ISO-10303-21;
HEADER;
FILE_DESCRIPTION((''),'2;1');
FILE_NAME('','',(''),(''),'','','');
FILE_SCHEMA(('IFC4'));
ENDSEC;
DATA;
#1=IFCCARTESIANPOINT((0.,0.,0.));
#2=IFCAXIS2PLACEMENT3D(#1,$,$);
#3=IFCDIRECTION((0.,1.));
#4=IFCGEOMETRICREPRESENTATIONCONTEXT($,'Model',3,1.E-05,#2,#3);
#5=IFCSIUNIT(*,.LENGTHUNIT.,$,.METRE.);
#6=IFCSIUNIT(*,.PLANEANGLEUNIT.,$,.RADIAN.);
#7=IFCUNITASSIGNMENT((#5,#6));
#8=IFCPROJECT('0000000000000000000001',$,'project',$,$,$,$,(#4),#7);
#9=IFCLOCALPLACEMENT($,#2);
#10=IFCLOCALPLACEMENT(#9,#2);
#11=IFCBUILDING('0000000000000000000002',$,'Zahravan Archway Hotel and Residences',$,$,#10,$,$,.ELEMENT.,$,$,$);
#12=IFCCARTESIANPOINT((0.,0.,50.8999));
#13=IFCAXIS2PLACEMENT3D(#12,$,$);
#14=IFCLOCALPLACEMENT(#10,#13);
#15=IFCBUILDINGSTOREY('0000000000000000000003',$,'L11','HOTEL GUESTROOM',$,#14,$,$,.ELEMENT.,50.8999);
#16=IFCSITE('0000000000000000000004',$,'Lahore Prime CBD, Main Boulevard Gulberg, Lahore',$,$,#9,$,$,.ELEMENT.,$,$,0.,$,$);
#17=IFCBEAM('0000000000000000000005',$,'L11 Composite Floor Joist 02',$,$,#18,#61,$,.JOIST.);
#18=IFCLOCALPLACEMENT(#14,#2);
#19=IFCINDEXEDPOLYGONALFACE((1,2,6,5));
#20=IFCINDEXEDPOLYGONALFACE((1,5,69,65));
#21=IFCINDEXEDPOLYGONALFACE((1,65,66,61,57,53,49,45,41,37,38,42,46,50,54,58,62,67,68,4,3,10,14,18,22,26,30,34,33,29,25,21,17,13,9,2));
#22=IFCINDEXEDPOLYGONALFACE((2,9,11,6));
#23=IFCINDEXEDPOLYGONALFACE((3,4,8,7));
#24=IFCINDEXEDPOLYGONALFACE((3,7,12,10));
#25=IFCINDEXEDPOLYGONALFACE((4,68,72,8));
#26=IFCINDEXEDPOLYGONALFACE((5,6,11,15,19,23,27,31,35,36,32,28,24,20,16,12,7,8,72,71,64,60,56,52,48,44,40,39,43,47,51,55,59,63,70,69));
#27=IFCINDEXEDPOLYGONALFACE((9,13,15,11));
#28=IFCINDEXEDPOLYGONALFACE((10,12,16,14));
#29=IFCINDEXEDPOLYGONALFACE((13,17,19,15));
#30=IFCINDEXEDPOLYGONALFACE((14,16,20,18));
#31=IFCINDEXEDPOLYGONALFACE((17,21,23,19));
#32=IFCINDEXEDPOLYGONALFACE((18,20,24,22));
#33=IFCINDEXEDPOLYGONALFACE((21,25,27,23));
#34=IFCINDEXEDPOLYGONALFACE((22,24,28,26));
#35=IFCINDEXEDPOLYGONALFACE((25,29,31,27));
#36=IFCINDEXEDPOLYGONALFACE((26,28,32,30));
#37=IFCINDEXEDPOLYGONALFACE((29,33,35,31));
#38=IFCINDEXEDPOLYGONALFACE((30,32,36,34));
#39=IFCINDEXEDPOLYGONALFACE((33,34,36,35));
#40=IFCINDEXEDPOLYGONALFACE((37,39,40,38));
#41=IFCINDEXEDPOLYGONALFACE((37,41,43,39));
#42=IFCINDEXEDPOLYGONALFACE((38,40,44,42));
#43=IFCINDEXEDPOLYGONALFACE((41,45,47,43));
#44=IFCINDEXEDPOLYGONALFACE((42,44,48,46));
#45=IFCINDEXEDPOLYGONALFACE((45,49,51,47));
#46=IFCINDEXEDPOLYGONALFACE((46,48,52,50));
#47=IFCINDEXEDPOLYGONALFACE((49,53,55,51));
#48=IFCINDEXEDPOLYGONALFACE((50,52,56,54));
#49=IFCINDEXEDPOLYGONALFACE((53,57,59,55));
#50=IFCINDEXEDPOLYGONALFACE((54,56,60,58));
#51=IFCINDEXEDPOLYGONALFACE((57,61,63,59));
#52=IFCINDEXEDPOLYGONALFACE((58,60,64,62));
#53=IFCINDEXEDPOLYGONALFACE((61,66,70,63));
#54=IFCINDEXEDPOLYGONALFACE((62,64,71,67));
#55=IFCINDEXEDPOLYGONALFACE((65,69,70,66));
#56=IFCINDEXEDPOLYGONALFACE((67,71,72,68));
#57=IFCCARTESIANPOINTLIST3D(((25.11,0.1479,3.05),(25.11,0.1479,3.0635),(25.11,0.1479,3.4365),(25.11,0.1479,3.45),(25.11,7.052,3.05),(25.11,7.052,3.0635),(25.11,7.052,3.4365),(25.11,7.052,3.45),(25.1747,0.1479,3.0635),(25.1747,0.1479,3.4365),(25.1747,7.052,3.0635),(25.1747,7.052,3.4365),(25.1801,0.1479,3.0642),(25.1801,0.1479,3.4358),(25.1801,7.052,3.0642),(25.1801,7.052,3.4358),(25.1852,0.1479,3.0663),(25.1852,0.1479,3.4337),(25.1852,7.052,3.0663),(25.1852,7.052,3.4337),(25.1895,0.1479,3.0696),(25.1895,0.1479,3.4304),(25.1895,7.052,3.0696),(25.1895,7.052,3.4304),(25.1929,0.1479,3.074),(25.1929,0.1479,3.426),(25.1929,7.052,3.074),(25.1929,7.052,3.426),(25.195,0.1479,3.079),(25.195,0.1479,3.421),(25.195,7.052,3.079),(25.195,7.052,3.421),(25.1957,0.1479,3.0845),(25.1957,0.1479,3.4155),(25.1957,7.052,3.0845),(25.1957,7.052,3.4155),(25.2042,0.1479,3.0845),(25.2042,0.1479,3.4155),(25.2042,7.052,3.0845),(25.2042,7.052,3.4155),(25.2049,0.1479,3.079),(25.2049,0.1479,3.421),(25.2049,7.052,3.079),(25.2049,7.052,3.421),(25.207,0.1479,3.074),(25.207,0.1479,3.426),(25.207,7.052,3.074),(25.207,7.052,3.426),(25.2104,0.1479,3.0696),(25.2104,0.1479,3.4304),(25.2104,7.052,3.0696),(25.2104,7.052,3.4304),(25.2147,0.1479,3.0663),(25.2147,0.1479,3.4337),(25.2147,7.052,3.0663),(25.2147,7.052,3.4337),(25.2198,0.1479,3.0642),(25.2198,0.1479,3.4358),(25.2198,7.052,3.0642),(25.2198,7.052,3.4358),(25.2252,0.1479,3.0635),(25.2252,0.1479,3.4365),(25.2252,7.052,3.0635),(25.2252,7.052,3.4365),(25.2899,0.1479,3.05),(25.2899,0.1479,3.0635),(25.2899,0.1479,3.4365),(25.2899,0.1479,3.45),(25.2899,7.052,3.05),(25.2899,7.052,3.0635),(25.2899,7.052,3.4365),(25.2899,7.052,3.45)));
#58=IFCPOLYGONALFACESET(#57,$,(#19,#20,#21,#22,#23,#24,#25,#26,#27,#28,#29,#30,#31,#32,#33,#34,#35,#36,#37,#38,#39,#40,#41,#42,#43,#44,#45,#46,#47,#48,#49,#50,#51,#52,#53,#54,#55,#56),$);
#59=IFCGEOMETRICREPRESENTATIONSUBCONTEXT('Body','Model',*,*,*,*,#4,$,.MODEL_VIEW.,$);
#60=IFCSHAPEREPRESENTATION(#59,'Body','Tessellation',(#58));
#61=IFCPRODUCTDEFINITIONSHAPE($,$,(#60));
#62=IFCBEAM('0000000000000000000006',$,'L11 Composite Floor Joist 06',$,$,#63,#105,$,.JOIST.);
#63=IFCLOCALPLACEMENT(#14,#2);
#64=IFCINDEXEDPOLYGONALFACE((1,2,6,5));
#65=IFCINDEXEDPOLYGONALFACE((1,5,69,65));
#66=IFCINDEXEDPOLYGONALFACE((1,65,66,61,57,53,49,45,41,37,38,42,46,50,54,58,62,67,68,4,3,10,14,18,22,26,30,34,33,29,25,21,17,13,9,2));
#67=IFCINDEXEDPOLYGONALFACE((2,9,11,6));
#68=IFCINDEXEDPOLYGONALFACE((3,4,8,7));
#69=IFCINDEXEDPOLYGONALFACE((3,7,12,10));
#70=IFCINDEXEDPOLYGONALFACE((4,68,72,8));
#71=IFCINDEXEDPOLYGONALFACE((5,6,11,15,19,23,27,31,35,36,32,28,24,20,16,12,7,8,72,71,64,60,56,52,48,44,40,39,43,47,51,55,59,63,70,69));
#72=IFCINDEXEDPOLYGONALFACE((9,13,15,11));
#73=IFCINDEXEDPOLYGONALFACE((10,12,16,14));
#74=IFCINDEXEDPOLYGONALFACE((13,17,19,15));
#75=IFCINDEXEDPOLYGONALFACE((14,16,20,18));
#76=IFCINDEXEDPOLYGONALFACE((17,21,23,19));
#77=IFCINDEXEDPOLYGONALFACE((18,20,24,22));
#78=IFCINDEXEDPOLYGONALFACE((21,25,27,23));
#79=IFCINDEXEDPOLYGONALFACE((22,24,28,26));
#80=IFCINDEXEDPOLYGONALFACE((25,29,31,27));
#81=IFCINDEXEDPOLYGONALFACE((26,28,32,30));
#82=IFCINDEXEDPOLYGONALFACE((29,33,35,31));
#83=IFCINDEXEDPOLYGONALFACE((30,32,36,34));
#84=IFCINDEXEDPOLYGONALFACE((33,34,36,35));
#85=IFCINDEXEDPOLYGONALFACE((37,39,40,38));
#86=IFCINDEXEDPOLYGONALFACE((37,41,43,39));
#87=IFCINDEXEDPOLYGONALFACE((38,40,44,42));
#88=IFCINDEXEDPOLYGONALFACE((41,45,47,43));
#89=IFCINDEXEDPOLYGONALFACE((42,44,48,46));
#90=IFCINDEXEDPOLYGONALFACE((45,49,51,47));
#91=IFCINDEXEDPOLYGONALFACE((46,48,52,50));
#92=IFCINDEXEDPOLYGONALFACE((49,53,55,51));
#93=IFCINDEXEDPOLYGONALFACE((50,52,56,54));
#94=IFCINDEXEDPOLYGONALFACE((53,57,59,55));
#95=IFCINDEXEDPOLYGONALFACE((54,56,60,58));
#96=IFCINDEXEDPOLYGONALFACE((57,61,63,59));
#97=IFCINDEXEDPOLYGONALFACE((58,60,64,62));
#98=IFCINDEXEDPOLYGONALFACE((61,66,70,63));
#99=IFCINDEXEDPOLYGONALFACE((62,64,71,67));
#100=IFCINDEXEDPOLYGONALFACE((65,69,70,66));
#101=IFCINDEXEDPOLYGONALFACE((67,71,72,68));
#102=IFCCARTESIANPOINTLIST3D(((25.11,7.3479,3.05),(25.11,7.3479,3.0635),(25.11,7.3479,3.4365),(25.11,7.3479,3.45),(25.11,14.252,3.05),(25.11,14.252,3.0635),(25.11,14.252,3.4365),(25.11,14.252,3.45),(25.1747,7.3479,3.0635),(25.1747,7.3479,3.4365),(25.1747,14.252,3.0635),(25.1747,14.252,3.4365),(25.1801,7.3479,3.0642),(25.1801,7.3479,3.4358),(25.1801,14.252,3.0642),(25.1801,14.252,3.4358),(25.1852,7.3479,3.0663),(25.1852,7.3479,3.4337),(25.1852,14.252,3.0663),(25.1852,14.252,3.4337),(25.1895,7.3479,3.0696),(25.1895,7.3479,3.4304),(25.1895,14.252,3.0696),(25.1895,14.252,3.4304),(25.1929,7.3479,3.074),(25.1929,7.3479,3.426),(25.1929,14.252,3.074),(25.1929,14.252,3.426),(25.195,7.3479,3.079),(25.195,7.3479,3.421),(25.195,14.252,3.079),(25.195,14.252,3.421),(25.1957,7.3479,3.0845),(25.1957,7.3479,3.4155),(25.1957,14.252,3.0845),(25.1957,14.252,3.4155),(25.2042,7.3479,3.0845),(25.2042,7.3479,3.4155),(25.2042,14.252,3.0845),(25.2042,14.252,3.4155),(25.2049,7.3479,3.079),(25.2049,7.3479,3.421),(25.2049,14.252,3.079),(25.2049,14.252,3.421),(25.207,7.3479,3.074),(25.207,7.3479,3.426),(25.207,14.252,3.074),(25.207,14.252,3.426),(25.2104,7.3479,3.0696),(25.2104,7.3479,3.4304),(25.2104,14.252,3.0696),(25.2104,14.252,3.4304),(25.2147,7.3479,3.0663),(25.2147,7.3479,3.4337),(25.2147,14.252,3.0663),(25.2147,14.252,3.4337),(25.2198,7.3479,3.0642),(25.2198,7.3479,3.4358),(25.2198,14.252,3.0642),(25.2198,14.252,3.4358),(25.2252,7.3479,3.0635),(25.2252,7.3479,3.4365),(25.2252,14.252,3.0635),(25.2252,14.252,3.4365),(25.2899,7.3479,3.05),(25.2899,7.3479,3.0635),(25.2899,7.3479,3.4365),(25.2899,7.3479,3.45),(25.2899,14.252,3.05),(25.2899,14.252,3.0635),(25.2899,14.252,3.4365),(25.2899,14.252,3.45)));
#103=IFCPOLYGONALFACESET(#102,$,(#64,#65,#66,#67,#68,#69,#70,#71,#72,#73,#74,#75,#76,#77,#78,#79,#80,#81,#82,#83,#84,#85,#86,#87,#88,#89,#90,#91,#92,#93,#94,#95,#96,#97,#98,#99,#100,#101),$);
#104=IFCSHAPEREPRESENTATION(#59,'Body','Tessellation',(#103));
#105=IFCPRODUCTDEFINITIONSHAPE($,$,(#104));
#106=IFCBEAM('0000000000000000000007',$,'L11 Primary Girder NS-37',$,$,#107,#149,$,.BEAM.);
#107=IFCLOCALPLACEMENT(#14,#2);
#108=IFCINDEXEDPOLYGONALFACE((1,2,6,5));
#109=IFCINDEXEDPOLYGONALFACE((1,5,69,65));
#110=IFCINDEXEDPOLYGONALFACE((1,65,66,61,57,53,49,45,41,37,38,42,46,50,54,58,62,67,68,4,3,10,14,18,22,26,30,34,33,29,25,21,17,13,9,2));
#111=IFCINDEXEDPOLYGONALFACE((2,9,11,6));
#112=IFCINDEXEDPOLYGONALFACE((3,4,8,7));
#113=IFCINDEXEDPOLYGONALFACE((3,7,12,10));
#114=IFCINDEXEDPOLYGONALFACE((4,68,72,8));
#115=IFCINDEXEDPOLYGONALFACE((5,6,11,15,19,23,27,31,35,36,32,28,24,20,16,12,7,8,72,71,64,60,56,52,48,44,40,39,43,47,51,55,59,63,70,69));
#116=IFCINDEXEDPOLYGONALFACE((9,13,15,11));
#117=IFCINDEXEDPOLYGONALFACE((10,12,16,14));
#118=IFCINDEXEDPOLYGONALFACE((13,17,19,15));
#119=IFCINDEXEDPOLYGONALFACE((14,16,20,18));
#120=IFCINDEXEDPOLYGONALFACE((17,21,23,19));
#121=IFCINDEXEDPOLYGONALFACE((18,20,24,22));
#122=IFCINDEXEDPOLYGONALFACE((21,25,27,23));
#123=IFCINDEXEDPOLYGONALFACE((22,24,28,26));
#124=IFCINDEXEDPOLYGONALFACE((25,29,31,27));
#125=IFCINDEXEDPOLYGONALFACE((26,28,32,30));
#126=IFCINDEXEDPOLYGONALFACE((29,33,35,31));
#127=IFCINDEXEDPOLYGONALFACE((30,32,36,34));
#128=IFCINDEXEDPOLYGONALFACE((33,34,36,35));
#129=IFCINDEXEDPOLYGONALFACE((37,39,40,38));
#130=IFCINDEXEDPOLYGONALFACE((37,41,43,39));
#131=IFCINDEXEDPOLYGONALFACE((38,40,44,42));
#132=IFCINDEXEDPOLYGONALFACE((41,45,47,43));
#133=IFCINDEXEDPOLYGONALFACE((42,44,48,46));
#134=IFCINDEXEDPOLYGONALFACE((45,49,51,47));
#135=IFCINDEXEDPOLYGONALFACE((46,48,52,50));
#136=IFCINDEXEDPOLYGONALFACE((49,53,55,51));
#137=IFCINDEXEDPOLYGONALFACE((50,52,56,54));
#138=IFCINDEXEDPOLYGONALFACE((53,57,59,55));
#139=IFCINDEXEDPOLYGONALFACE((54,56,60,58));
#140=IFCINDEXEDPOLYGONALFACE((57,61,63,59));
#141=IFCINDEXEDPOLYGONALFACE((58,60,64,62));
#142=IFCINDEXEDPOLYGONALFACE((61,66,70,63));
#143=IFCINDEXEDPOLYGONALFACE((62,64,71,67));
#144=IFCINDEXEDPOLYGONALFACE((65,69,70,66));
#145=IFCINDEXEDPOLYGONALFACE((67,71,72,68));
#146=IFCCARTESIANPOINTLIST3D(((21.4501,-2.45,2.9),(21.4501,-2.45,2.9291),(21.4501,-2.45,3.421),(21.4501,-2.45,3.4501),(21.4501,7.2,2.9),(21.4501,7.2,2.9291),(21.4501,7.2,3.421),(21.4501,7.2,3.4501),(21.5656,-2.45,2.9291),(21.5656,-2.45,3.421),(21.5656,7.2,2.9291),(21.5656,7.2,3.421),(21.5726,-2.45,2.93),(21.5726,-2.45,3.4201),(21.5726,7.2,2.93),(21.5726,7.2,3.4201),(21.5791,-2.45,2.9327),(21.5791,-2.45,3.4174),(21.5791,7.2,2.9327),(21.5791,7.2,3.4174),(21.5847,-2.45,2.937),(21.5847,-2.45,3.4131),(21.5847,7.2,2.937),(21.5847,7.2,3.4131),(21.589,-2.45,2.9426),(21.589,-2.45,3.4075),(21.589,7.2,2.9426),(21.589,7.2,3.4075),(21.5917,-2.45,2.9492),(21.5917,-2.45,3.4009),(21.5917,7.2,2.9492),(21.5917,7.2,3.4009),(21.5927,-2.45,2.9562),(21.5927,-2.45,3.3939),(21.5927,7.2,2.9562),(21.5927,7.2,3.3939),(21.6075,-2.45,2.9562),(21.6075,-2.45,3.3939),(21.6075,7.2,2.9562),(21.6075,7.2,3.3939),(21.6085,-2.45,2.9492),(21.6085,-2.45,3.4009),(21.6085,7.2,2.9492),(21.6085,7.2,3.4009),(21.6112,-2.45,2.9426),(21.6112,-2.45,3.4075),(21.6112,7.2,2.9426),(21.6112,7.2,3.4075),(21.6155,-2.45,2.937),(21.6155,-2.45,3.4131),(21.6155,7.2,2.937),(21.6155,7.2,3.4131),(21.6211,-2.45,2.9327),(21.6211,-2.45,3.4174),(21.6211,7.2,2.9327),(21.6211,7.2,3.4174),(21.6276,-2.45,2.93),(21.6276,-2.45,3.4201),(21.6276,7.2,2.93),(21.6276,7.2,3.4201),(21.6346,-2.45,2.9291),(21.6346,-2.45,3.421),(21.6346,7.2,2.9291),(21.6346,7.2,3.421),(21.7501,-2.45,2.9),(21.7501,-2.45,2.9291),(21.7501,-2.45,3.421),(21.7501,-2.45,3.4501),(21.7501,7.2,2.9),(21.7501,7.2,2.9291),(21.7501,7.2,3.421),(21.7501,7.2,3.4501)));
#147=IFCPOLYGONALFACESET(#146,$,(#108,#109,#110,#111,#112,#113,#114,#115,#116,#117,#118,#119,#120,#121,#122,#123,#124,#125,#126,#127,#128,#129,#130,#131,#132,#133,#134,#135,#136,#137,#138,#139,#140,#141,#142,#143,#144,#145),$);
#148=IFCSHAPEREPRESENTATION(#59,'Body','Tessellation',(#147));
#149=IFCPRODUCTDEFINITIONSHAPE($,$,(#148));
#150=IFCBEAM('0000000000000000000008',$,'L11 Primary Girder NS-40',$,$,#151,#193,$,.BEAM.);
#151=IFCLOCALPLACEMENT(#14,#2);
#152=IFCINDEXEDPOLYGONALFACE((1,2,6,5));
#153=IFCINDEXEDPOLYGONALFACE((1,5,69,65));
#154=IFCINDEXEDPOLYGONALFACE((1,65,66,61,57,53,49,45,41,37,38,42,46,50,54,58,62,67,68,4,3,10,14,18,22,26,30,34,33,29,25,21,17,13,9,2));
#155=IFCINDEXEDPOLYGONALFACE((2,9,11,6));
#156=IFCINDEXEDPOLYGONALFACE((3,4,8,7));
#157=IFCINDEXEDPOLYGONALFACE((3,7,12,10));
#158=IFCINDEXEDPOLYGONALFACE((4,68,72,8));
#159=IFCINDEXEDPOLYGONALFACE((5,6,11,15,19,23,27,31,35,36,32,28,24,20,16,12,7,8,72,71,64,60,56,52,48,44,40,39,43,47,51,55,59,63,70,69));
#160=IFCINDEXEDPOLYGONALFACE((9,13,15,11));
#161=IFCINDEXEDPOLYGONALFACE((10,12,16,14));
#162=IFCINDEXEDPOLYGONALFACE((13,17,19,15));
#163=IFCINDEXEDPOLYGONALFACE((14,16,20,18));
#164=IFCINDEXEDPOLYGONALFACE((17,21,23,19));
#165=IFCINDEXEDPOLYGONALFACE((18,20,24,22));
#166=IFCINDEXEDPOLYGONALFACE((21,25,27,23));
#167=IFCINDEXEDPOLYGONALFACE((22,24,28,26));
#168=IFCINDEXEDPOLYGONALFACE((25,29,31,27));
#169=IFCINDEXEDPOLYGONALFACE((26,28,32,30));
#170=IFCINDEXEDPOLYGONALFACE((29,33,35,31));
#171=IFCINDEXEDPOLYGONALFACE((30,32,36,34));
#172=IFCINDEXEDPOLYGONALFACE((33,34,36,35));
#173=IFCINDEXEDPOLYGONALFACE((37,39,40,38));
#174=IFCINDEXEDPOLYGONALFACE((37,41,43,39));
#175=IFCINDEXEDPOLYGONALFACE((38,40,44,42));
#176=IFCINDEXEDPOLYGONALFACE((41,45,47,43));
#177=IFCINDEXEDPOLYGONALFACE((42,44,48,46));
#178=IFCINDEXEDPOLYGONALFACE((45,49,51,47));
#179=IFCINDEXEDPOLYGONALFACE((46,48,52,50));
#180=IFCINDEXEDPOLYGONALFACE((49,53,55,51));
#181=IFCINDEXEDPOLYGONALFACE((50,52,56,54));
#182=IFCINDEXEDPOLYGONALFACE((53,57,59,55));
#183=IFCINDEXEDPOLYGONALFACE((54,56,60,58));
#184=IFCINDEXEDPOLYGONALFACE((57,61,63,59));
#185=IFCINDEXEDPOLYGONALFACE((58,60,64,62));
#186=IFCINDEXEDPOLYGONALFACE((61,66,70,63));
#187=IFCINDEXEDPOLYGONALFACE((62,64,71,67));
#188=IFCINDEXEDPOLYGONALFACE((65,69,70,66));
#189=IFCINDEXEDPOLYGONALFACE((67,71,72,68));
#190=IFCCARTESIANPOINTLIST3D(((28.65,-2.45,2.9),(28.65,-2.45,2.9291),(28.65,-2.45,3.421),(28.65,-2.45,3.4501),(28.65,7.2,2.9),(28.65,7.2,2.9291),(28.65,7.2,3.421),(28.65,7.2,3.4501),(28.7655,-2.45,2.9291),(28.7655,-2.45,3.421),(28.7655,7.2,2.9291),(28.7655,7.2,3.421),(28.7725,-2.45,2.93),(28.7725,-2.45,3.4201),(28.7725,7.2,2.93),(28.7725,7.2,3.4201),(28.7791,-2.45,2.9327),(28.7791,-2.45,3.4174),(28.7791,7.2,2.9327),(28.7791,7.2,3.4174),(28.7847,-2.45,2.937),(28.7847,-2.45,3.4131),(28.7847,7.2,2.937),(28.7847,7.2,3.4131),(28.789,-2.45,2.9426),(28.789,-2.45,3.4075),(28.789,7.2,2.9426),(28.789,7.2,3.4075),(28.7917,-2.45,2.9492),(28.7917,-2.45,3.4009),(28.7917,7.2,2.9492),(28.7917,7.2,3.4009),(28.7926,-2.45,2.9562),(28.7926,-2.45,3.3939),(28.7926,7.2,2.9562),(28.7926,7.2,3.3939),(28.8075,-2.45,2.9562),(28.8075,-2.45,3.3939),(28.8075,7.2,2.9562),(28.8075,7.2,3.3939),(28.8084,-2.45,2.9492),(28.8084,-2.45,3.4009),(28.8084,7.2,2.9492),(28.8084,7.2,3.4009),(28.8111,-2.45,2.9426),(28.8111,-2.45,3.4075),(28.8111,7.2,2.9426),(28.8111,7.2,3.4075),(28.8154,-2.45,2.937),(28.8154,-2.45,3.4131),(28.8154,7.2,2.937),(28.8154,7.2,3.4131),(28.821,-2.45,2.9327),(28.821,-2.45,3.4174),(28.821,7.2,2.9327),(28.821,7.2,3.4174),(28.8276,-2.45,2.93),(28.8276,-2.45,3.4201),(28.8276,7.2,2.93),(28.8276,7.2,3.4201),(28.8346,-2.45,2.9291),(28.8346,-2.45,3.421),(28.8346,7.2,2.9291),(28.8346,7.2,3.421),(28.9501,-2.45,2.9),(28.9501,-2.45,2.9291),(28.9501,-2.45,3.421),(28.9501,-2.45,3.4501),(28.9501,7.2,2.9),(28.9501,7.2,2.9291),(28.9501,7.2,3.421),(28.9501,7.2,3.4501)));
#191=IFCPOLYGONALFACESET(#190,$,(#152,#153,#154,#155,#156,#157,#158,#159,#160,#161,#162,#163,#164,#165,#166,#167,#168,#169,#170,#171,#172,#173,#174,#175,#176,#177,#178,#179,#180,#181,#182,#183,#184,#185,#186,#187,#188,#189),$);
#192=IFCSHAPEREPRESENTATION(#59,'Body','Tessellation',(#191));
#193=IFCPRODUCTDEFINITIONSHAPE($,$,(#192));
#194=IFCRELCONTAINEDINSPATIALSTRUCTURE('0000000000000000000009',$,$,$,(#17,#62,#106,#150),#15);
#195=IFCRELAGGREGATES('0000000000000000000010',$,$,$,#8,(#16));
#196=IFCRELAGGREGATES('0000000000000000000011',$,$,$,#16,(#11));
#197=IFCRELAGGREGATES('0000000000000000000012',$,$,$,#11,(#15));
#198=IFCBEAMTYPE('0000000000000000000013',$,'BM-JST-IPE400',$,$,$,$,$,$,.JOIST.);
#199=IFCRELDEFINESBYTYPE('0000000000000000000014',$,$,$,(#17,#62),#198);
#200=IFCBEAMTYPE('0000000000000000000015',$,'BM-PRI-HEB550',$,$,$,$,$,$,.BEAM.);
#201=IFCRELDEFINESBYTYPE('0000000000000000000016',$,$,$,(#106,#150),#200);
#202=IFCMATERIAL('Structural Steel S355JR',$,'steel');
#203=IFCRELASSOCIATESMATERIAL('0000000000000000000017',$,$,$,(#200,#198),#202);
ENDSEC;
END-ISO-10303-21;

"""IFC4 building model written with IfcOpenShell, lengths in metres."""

from ifc_helpers import new_model, si_unit, direction, frame, origin, origin_2d, place, context, subcontext, project, spatial, i_section, extrude, source, transform, mapped, material, material_profile, profile_set, type_object, type_shapes, element, save


model = new_model("IFC4")

# Units and contexts
model_context = context("Model", 3, precision=1e-05, world=origin(), true_north=direction((0.0, 1.0)))
body_context = subcontext(model_context, "Body", "Model", "MODEL_VIEW")
ifc_project = project(units=[si_unit("LENGTHUNIT", "METRE"), si_unit("PLANEANGLEUNIT", "RADIAN")], contexts=[model_context])

# Site, building, storey
site_placement = place(None, origin())
site = spatial("IfcSite", under=ifc_project, at=site_placement, Name="Lahore Prime CBD, Main Boulevard Gulberg, Lahore", CompositionType="ELEMENT", RefElevation=0.0)
building_placement = place(site_placement, origin())
building = spatial("IfcBuilding", under=site, at=building_placement, Name="Zahravan Archway Hotel and Residences", CompositionType="ELEMENT")
storey_placement = place(building_placement, frame((0.0, 0.0, 50.8999)))
storey = spatial("IfcBuildingStorey", under=building, at=storey_placement, Name="L11", Description="HOTEL GUESTROOM", CompositionType="ELEMENT", Elevation=50.8999)

# Beams
ifc_material_1 = material(Name="Structural Steel S355JR", Category="steel")
ifc_material_profile_1 = material_profile(ifc_material_1, i_section(OverallWidth=0.3, OverallDepth=0.55, WebThickness=0.0149, FlangeThickness=0.0291, FilletRadius=0.0271, at=origin_2d()), Name="HEB 550", Category="steel")
ifc_profile_set_1 = profile_set([ifc_material_profile_1], Name="Structural Steel S355JR")
beam_type_1 = type_object("IfcBeamType", Name="BM-PRI-HEB550", PredefinedType="BEAM", material=ifc_profile_set_1)
ifc_material_profile_2 = material_profile(ifc_material_1, i_section(OverallWidth=0.1799, OverallDepth=0.3999, WebThickness=0.0085, FlangeThickness=0.0134, FilletRadius=0.021, at=origin_2d()), Name="IPE 400", Category="steel")
ifc_profile_set_2 = profile_set([ifc_material_profile_2], Name="Structural Steel S355JR")
beam_type_2 = type_object("IfcBeamType", Name="BM-JST-IPE400", PredefinedType="JOIST", material=ifc_profile_set_2)
shared_shape_1 = source(origin(), body_context, "Body", "SweptSolid", [
    extrude(i_section(OverallWidth=0.1799, OverallDepth=0.3999, WebThickness=0.0085, FlangeThickness=0.0134, FilletRadius=0.021, at=origin_2d()), origin(), (0.0, 0.0, 1.0), 6.9041),
])
type_shapes(beam_type_2, [shared_shape_1])
for number, where, z_axis, x_axis, name in (
    (1, (25.2, 0.1479, 3.25), (0.0, 1.0, 0.0), (-1.0, 0.0, 0.0), "L11 Composite Floor Joist 02"),
    (2, (25.2, 7.3479, 3.25), (0.0, 1.0, 0.0), (-1.0, 0.0, 0.0), "L11 Composite Floor Joist 06"),
):
    element("IfcBeam", number, at=place(storey_placement, frame(where, z_axis=z_axis, x_axis=x_axis)), inside=storey, type_object=beam_type_2, Name=name, PredefinedType="JOIST", context=body_context, shape_type="MappedRepresentation", body=[
        mapped(shared_shape_1, transform((0.0, 0.0, 0.0), scale=1.0)),
    ])
shared_shape_2 = source(origin(), body_context, "Body", "SweptSolid", [
    extrude(i_section(OverallWidth=0.3, OverallDepth=0.55, WebThickness=0.0149, FlangeThickness=0.0291, FilletRadius=0.0271, at=origin_2d()), origin(), (0.0, 0.0, 1.0), 9.6499),
])
for number, where, z_axis, x_axis, name in (
    (3, (21.6001, -2.45, 3.175), (0.0, 1.0, 0.0), (-1.0, 0.0, 0.0), "L11 Primary Girder NS-37"),
    (4, (28.8, -2.45, 3.175), (0.0, 1.0, 0.0), (-1.0, 0.0, 0.0), "L11 Primary Girder NS-40"),
):
    element("IfcBeam", number, at=place(storey_placement, frame(where, z_axis=z_axis, x_axis=x_axis)), inside=storey, type_object=beam_type_1, Name=name, PredefinedType="BEAM", context=body_context, shape_type="MappedRepresentation", body=[
        mapped(shared_shape_2, transform((0.0, 0.0, 0.0), scale=1.0)),
    ])

save(model, "model.ifc")
